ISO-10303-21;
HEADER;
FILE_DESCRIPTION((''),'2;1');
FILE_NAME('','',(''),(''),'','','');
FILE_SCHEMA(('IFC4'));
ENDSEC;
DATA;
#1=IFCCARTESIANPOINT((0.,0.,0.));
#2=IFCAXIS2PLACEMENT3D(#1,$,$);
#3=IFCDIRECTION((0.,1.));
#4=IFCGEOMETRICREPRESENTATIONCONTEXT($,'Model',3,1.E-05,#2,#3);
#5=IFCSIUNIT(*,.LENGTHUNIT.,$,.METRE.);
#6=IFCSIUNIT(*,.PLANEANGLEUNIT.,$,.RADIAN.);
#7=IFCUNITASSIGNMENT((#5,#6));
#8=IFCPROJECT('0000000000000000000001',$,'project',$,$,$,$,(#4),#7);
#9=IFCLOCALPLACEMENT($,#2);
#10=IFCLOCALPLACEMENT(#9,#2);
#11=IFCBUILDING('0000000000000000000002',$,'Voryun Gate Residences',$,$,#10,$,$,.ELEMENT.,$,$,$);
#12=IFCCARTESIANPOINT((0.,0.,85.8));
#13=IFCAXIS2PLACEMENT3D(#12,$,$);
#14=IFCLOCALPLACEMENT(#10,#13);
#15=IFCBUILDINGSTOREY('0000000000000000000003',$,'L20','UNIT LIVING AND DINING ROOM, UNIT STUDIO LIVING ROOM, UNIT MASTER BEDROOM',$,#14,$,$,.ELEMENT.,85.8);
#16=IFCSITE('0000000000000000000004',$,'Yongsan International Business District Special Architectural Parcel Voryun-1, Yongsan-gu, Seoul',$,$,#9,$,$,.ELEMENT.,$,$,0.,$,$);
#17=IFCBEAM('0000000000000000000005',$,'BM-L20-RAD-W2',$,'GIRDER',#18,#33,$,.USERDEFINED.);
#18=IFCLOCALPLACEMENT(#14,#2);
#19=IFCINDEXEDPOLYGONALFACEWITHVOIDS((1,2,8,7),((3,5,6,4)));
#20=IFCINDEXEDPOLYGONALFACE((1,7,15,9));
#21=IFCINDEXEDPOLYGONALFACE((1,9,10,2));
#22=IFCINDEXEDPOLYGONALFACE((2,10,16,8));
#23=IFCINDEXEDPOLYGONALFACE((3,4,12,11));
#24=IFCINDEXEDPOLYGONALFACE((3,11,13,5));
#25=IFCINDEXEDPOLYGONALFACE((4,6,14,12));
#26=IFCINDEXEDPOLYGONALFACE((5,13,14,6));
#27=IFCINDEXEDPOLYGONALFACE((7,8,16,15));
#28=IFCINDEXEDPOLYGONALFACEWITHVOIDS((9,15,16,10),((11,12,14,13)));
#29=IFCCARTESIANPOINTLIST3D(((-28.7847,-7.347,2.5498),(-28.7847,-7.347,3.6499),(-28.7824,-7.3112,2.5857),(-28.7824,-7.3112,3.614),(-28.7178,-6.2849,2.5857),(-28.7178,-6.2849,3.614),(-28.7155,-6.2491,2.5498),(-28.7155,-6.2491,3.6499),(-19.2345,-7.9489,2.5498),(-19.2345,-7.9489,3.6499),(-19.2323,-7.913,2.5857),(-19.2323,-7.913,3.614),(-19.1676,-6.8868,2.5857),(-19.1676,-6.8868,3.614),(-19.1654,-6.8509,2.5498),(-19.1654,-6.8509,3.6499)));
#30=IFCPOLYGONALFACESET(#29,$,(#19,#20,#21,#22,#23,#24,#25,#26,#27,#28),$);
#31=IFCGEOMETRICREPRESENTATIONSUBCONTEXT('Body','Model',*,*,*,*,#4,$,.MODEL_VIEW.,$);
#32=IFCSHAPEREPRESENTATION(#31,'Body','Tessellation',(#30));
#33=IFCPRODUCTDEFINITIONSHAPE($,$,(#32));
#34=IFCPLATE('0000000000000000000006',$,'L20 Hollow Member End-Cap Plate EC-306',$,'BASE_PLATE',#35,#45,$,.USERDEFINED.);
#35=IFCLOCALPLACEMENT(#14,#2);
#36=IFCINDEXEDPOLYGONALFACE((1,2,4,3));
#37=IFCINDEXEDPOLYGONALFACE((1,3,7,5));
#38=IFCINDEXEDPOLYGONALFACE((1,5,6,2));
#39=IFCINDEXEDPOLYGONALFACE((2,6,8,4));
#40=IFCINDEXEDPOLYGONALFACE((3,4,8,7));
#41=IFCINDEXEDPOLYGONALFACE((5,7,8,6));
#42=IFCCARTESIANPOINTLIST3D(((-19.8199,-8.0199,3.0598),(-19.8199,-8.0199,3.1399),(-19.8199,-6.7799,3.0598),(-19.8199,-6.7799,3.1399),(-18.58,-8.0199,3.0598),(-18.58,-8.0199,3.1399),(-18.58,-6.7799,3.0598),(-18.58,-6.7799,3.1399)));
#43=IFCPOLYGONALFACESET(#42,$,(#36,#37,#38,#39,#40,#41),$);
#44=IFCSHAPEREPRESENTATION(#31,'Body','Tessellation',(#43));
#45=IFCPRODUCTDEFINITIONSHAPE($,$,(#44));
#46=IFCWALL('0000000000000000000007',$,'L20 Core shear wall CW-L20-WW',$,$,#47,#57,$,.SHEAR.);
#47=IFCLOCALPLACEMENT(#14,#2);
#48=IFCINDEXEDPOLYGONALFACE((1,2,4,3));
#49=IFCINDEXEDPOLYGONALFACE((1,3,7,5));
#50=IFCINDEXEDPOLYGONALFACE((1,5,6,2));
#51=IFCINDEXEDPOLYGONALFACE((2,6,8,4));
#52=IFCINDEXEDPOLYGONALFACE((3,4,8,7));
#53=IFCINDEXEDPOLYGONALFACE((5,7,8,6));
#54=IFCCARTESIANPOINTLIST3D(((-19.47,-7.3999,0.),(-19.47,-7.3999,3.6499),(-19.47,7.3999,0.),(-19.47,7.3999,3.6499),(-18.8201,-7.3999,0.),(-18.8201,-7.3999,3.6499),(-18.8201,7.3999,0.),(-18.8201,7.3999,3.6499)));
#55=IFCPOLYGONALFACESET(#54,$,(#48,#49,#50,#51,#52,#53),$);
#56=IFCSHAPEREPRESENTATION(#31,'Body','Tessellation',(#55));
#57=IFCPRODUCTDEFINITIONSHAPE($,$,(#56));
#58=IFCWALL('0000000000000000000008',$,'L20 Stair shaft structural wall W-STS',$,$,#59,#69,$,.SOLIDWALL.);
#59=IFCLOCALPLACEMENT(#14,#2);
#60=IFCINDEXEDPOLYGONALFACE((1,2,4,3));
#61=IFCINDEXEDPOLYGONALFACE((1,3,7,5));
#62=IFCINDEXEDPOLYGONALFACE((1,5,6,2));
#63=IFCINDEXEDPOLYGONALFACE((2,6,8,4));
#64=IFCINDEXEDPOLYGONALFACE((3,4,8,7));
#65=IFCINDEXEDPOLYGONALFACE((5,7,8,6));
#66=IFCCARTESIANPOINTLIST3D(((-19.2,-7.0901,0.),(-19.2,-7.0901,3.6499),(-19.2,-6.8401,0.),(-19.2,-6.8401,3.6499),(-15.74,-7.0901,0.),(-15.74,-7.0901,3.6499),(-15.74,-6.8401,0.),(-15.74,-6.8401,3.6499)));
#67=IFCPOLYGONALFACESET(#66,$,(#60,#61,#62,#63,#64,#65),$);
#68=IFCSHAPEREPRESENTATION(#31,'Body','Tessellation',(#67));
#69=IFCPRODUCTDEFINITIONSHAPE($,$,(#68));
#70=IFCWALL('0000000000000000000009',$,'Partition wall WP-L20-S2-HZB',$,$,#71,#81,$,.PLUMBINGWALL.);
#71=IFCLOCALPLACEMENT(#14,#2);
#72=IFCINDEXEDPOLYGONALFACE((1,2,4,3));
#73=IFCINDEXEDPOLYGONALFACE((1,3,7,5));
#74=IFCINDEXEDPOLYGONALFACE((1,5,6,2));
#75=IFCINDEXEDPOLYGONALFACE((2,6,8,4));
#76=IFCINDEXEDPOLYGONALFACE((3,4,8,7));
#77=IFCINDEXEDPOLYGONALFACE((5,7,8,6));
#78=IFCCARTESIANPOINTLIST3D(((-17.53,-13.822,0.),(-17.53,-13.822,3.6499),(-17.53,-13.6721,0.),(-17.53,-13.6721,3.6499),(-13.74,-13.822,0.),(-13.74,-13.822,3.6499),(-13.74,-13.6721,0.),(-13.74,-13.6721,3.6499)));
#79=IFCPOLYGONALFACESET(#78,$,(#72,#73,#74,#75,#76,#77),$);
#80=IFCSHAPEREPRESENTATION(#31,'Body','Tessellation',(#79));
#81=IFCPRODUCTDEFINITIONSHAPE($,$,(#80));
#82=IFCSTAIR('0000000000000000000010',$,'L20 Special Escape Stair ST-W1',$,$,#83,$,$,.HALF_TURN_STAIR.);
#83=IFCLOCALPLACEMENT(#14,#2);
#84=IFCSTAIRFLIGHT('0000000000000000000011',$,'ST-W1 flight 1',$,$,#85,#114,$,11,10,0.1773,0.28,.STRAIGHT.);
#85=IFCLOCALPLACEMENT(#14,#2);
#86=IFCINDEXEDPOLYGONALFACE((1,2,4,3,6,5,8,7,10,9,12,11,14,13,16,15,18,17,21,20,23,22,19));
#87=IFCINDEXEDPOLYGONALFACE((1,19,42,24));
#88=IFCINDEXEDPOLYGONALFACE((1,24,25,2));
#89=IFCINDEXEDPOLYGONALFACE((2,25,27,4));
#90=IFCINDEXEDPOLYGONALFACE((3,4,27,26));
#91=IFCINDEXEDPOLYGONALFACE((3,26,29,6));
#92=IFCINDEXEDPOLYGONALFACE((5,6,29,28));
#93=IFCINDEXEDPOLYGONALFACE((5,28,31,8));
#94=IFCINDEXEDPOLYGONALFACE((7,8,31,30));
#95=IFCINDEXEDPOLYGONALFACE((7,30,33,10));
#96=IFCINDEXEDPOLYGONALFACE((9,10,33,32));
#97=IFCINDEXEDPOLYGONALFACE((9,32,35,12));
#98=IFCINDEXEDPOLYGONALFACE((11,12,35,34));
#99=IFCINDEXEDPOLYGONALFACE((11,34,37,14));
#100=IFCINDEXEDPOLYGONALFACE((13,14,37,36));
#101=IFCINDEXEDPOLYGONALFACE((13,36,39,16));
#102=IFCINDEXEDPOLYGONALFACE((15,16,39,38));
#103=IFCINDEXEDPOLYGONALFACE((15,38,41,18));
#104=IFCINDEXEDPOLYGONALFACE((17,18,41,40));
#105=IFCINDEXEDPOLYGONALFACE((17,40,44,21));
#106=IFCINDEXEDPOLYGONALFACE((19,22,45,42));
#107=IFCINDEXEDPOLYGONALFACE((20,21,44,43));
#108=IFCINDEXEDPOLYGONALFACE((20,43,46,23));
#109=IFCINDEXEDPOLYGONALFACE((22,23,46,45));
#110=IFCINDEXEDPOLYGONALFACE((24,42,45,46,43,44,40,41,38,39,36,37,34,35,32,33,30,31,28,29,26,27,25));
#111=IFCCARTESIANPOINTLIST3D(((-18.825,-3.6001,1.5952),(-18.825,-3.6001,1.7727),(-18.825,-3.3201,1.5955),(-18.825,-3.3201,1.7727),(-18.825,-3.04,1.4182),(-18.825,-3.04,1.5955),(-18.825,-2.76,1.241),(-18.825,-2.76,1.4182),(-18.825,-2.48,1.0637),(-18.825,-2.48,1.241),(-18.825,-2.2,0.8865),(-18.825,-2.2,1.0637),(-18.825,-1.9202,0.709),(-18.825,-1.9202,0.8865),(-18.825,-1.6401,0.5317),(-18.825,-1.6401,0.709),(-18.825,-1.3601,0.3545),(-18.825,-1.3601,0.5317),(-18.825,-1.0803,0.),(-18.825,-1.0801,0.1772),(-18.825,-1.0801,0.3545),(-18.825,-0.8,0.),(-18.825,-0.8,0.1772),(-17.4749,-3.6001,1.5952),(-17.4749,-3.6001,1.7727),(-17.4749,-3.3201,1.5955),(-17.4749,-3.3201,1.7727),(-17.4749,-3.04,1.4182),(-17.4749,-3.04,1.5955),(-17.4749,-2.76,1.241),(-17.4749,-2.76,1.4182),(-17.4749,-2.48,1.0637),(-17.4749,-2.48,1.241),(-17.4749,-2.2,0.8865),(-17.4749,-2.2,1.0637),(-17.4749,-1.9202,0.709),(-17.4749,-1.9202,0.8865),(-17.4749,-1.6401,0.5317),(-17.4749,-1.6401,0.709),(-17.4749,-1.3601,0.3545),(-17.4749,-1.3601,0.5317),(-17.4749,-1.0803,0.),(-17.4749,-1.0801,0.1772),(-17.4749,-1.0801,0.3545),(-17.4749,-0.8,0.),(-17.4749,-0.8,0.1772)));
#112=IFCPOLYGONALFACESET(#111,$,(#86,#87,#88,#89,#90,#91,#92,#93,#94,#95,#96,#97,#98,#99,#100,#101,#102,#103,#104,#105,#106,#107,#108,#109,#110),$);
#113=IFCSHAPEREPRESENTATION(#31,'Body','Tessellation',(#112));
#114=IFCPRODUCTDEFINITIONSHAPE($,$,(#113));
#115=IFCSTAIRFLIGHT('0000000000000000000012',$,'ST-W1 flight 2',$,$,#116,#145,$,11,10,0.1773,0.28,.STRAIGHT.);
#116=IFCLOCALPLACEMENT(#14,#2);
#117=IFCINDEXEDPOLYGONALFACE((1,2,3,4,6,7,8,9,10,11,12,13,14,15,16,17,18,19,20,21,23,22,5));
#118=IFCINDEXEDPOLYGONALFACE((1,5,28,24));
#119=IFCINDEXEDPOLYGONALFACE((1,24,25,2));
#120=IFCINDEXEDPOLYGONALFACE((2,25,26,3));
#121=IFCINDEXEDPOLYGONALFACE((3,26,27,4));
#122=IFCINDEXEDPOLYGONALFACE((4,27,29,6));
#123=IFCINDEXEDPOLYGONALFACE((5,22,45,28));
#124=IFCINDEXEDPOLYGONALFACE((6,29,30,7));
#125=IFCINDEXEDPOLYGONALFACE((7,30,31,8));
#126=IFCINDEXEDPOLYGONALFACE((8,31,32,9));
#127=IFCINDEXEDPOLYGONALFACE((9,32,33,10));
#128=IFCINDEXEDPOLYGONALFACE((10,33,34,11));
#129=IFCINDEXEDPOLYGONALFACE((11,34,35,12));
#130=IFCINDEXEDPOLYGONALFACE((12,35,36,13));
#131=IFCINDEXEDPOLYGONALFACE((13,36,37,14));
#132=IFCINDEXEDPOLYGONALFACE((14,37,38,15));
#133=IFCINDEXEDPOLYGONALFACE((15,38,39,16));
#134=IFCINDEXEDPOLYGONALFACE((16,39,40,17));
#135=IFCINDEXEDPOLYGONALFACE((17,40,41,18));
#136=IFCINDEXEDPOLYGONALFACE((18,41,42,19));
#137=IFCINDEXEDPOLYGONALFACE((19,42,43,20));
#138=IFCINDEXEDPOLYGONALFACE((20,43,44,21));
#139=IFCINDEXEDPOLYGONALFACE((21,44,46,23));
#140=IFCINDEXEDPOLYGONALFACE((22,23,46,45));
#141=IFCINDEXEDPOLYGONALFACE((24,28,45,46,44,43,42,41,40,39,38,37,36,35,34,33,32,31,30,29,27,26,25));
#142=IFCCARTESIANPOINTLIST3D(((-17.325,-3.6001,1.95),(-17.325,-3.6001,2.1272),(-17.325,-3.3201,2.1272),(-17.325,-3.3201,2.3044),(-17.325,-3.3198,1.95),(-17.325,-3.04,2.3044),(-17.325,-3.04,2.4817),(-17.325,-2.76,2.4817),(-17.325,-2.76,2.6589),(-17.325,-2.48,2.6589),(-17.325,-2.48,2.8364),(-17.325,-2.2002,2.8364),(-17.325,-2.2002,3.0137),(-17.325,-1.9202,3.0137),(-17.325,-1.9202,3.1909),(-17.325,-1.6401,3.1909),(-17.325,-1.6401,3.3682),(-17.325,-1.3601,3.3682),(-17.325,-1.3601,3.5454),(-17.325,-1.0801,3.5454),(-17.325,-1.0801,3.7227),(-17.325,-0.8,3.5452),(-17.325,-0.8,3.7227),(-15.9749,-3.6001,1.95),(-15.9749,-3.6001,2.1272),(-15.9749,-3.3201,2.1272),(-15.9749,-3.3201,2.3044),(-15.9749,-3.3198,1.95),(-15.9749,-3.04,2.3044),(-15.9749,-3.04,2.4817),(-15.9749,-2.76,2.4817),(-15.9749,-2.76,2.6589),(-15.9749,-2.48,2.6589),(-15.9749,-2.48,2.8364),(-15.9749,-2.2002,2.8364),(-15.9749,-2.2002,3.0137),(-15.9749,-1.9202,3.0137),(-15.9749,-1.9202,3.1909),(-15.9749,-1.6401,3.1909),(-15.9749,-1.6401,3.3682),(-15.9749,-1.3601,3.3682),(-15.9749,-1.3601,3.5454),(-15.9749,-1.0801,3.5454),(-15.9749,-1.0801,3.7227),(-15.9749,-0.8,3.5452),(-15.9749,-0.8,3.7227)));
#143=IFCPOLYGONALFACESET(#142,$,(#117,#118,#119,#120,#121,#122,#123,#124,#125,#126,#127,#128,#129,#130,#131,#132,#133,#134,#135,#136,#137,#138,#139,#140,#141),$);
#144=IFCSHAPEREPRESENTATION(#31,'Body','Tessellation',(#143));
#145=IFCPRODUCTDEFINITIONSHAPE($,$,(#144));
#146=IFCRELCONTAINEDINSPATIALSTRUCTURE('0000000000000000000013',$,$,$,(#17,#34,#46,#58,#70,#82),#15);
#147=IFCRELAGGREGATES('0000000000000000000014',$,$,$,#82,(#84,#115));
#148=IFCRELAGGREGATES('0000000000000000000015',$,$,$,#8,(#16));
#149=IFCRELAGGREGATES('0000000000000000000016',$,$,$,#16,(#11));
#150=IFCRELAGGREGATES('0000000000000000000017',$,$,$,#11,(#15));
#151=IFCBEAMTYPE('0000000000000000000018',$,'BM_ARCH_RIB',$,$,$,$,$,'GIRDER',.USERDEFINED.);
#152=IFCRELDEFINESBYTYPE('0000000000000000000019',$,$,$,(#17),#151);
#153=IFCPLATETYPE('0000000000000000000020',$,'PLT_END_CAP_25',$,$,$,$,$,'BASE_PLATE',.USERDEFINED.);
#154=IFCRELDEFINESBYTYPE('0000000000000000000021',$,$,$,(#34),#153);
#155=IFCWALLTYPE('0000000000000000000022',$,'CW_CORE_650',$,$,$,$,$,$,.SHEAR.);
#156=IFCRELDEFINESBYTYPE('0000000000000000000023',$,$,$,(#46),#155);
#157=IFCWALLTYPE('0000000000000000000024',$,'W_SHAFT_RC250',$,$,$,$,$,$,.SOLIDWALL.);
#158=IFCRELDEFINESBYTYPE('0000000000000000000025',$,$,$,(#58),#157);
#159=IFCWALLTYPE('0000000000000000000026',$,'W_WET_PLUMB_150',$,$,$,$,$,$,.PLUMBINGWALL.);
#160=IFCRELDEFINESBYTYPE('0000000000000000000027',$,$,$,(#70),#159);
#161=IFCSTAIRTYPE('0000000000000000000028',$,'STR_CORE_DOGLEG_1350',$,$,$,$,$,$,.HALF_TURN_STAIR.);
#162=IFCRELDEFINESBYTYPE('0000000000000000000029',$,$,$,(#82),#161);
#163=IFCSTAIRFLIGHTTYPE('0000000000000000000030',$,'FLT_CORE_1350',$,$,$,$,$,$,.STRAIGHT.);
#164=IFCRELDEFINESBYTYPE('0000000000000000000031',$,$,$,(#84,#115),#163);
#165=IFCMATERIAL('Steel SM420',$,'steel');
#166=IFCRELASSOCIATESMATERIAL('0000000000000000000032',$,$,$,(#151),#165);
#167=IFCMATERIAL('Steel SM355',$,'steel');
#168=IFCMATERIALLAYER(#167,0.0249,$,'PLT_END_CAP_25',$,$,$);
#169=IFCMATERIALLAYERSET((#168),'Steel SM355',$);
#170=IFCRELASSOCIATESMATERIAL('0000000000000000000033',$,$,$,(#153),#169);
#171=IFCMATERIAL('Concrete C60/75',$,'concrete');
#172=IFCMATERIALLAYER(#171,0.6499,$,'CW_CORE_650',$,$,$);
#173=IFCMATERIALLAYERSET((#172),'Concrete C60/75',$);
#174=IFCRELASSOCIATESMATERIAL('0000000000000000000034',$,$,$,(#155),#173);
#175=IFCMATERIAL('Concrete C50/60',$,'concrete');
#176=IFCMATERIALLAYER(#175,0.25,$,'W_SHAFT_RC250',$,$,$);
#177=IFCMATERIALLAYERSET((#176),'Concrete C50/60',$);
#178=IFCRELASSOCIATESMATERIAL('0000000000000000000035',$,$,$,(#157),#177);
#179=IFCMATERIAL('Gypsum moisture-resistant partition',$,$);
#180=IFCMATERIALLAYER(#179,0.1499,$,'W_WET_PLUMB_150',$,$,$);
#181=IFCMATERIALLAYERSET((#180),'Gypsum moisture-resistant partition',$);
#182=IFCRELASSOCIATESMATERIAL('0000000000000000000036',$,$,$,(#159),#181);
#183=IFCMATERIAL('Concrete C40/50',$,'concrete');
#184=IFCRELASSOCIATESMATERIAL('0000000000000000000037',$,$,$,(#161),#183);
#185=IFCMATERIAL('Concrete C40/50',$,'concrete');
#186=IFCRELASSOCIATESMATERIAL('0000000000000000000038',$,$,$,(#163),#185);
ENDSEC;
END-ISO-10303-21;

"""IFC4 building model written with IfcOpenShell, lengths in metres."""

from ifc_helpers import new_model, si_unit, direction, frame, frame_2d, origin, origin_2d, place, context, subcontext, project, spatial, polyline, rectangle, hollow_rectangle, outline, extrude, material, layer, layer_set, material_profile, profile_set, type_object, element, aggregate, save


model = new_model("IFC4")

# Units and contexts
model_context = context("Model", 3, precision=1e-05, world=origin(), true_north=direction((0.0, 1.0)))
body_context = subcontext(model_context, "Body", "Model", "MODEL_VIEW")
ifc_project = project(units=[si_unit("LENGTHUNIT", "METRE"), si_unit("PLANEANGLEUNIT", "RADIAN")], contexts=[model_context])

# Site, building, storey
site_placement = place(None, origin())
site = spatial("IfcSite", under=ifc_project, at=site_placement, Name="Yongsan International Business District Special Architectural Parcel Voryun-1, Yongsan-gu, Seoul", CompositionType="ELEMENT", RefElevation=0.0)
building_placement = place(site_placement, origin())
building = spatial("IfcBuilding", under=site, at=building_placement, Name="Voryun Gate Residences", CompositionType="ELEMENT")
storey_placement = place(building_placement, frame((0.0, 0.0, 85.8)))
storey = spatial("IfcBuildingStorey", under=building, at=storey_placement, Name="L20", Description="UNIT LIVING AND DINING ROOM, UNIT STUDIO LIVING ROOM, UNIT MASTER BEDROOM", CompositionType="ELEMENT", Elevation=85.8)

# Beam
ifc_material_1 = material(Name="Steel SM420", Category="steel")
ifc_material_profile = material_profile(ifc_material_1, hollow_rectangle(XDim=1.1001, YDim=1.1001, WallThickness=0.0359, at=origin_2d()), Name="BOX-1100x1100x36")
ifc_profile_set = profile_set([ifc_material_profile], Name="Steel SM420")
beam_type = type_object("IfcBeamType", Name="BM_ARCH_RIB", ElementType="GIRDER", PredefinedType="USERDEFINED", material=ifc_profile_set)
beam_placement = place(storey_placement, frame((-19.2, -7.3999, 3.0999), z_axis=(-0.99802, 0.062891, 0.0), x_axis=(-0.062891, -0.99802, 0.0)))
element("IfcBeam", 1, at=beam_placement, inside=storey, type_object=beam_type, Name="BM-L20-RAD-W2", ObjectType="GIRDER", PredefinedType="USERDEFINED", context=body_context, shape_type="SweptSolid", body=[
    extrude(hollow_rectangle(XDim=1.1001, YDim=1.1001, WallThickness=0.0359, at=origin_2d()), origin(), (0.0, 0.0, 1.0), 9.5691),
])

# Plate
ifc_material_2 = material(Name="Steel SM355", Category="steel")
ifc_layer_1 = layer(ifc_material_2, 0.0249, Name="PLT_END_CAP_25")
ifc_layer_set_1 = layer_set([ifc_layer_1], Name="Steel SM355")
plate_type = type_object("IfcPlateType", Name="PLT_END_CAP_25", ElementType="BASE_PLATE", PredefinedType="USERDEFINED", material=ifc_layer_set_1)
plate_placement = place(storey_placement, frame((-19.2, -7.3999, 3.0598), z_axis=(0.0, 0.0, 1.0), x_axis=(1.0, 0.0, 0.0)))
element("IfcPlate", 2, at=plate_placement, inside=storey, type_object=plate_type, Name="L20 Hollow Member End-Cap Plate EC-306", ObjectType="BASE_PLATE", PredefinedType="USERDEFINED", context=body_context, shape_type="SweptSolid", body=[
    extrude(rectangle(XDim=1.24, YDim=1.24, at=origin_2d()), origin(), (0.0, 0.0, 1.0), 0.0801),
])

# Walls
ifc_material_3 = material(Name="Concrete C60/75", Category="concrete")
ifc_layer_2 = layer(ifc_material_3, 0.6499, Name="CW_CORE_650")
ifc_layer_set_2 = layer_set([ifc_layer_2], Name="Concrete C60/75")
wall_type_1 = type_object("IfcWallType", Name="CW_CORE_650", PredefinedType="SHEAR", material=ifc_layer_set_2)
wall_1_placement = place(storey_placement, frame((-19.145, -7.3999, 0.0), z_axis=(0.0, 0.0, 1.0), x_axis=(0.0, 1.0, 0.0)))
element("IfcWall", 3, at=wall_1_placement, inside=storey, type_object=wall_type_1, Name="L20 Core shear wall CW-L20-WW", PredefinedType="SHEAR", context=body_context, shape_type="SweptSolid", body=[
    extrude(rectangle(XDim=14.7998, YDim=0.6499, at=frame_2d((7.3999, 0.0))), origin(), (0.0, 0.0, 1.0), 3.6499),
])
ifc_material_4 = material(Name="Concrete C50/60", Category="concrete")
ifc_layer_3 = layer(ifc_material_4, 0.25, Name="W_SHAFT_RC250")
ifc_layer_set_3 = layer_set([ifc_layer_3], Name="Concrete C50/60")
wall_type_2 = type_object("IfcWallType", Name="W_SHAFT_RC250", PredefinedType="SOLIDWALL", material=ifc_layer_set_3)
wall_2_placement = place(storey_placement, frame((-19.2, -6.9651, 0.0), z_axis=(0.0, 0.0, 1.0), x_axis=(1.0, 0.0, 0.0)))
element("IfcWall", 4, at=wall_2_placement, inside=storey, type_object=wall_type_2, Name="L20 Stair shaft structural wall W-STS", PredefinedType="SOLIDWALL", context=body_context, shape_type="SweptSolid", body=[
    extrude(rectangle(XDim=3.46, YDim=0.25, at=frame_2d((1.73, 0.0))), origin(), (0.0, 0.0, 1.0), 3.6499),
])
ifc_material_5 = material(Name="Gypsum moisture-resistant partition")
ifc_layer_4 = layer(ifc_material_5, 0.1499, Name="W_WET_PLUMB_150")
ifc_layer_set_4 = layer_set([ifc_layer_4], Name="Gypsum moisture-resistant partition")
wall_type_3 = type_object("IfcWallType", Name="W_WET_PLUMB_150", PredefinedType="PLUMBINGWALL", material=ifc_layer_set_4)
wall_3_placement = place(storey_placement, frame((-17.53, -13.7471, 0.0), z_axis=(0.0, 0.0, 1.0), x_axis=(1.0, 0.0, 0.0)))
element("IfcWall", 5, at=wall_3_placement, inside=storey, type_object=wall_type_3, Name="Partition wall WP-L20-S2-HZB", PredefinedType="PLUMBINGWALL", context=body_context, shape_type="SweptSolid", body=[
    extrude(rectangle(XDim=3.79, YDim=0.1499, at=frame_2d((1.895, 0.0))), origin(), (0.0, 0.0, 1.0), 3.6499),
])

# Stair, stair flights
ifc_material_6 = material(Name="Concrete C40/50", Category="concrete")
stair_type = type_object("IfcStairType", Name="STR_CORE_DOGLEG_1350", PredefinedType="HALF_TURN_STAIR", material=ifc_material_6)
stair_placement = place(storey_placement, origin())
stair = element("IfcStair", 6, at=stair_placement, inside=storey, type_object=stair_type, Name="L20 Special Escape Stair ST-W1", PredefinedType="HALF_TURN_STAIR")
ifc_material_7 = material(Name="Concrete C40/50", Category="concrete")
stair_flight_type = type_object("IfcStairFlightType", Name="FLT_CORE_1350", PredefinedType="STRAIGHT", material=ifc_material_7)
stair_flight_1_placement = place(storey_placement, frame((-18.1499, -0.8, 0.0), z_axis=(0.0, 0.0, 1.0), x_axis=(0.0, -1.0, 0.0)))
stair_flight_1 = element("IfcStairFlight", 7, at=stair_flight_1_placement, type_object=stair_flight_type, Name="ST-W1 flight 1", NumberOfRisers=11, NumberOfTreads=10, PredefinedType="STRAIGHT", RiserHeight=0.1773, TreadLength=0.28, context=body_context, shape_type="SweptSolid", body=[
    extrude(outline(polyline([(0.0, 0.0), (0.0, 0.1772), (0.28, 0.1772), (0.28, 0.3545), (0.5601, 0.3545), (0.5601, 0.5317), (0.8401, 0.5317), (0.8401, 0.709), (1.1201, 0.709), (1.1201, 0.8865), (1.3999, 0.8865), (1.3999, 1.0637), (1.6799, 1.0637), (1.6799, 1.241), (1.96, 1.241), (1.96, 1.4182), (2.24, 1.4182), (2.24, 1.5955), (2.52, 1.5955), (2.52, 1.7727), (2.8, 1.7727), (2.8, 1.95), (2.8, 1.5952), (0.2803, 0.0), (0.0, 0.0)])), frame((0.0, 0.675, 0.0), z_axis=(0.0, -1.0, 0.0), x_axis=(1.0, 0.0, 0.0)), (0.0, 0.0, 1.0), 1.3501),
])
stair_flight_2_placement = place(storey_placement, frame((-16.6499, -3.6001, 1.95), z_axis=(0.0, 0.0, 1.0), x_axis=(0.0, 1.0, 0.0)))
stair_flight_2 = element("IfcStairFlight", 8, at=stair_flight_2_placement, type_object=stair_flight_type, Name="ST-W1 flight 2", NumberOfRisers=11, NumberOfTreads=10, PredefinedType="STRAIGHT", RiserHeight=0.1773, TreadLength=0.28, context=body_context, shape_type="SweptSolid", body=[
    extrude(outline(polyline([(0.0, 0.0), (0.0, 0.1772), (0.28, 0.1772), (0.28, 0.3545), (0.5601, 0.3545), (0.5601, 0.5317), (0.8401, 0.5317), (0.8401, 0.709), (1.1201, 0.709), (1.1201, 0.8865), (1.3999, 0.8865), (1.3999, 1.0637), (1.6799, 1.0637), (1.6799, 1.241), (1.96, 1.241), (1.96, 1.4182), (2.24, 1.4182), (2.24, 1.5955), (2.52, 1.5955), (2.52, 1.7727), (2.8, 1.7727), (2.8, 1.95), (2.8, 1.5952), (0.2803, 0.0), (0.0, 0.0)])), frame((0.0, 0.675, 0.0), z_axis=(0.0, -1.0, 0.0), x_axis=(1.0, 0.0, 0.0)), (0.0, 0.0, 1.0), 1.3501),
])
aggregate(stair, [stair_flight_1, stair_flight_2])

save(model, "model.ifc")
